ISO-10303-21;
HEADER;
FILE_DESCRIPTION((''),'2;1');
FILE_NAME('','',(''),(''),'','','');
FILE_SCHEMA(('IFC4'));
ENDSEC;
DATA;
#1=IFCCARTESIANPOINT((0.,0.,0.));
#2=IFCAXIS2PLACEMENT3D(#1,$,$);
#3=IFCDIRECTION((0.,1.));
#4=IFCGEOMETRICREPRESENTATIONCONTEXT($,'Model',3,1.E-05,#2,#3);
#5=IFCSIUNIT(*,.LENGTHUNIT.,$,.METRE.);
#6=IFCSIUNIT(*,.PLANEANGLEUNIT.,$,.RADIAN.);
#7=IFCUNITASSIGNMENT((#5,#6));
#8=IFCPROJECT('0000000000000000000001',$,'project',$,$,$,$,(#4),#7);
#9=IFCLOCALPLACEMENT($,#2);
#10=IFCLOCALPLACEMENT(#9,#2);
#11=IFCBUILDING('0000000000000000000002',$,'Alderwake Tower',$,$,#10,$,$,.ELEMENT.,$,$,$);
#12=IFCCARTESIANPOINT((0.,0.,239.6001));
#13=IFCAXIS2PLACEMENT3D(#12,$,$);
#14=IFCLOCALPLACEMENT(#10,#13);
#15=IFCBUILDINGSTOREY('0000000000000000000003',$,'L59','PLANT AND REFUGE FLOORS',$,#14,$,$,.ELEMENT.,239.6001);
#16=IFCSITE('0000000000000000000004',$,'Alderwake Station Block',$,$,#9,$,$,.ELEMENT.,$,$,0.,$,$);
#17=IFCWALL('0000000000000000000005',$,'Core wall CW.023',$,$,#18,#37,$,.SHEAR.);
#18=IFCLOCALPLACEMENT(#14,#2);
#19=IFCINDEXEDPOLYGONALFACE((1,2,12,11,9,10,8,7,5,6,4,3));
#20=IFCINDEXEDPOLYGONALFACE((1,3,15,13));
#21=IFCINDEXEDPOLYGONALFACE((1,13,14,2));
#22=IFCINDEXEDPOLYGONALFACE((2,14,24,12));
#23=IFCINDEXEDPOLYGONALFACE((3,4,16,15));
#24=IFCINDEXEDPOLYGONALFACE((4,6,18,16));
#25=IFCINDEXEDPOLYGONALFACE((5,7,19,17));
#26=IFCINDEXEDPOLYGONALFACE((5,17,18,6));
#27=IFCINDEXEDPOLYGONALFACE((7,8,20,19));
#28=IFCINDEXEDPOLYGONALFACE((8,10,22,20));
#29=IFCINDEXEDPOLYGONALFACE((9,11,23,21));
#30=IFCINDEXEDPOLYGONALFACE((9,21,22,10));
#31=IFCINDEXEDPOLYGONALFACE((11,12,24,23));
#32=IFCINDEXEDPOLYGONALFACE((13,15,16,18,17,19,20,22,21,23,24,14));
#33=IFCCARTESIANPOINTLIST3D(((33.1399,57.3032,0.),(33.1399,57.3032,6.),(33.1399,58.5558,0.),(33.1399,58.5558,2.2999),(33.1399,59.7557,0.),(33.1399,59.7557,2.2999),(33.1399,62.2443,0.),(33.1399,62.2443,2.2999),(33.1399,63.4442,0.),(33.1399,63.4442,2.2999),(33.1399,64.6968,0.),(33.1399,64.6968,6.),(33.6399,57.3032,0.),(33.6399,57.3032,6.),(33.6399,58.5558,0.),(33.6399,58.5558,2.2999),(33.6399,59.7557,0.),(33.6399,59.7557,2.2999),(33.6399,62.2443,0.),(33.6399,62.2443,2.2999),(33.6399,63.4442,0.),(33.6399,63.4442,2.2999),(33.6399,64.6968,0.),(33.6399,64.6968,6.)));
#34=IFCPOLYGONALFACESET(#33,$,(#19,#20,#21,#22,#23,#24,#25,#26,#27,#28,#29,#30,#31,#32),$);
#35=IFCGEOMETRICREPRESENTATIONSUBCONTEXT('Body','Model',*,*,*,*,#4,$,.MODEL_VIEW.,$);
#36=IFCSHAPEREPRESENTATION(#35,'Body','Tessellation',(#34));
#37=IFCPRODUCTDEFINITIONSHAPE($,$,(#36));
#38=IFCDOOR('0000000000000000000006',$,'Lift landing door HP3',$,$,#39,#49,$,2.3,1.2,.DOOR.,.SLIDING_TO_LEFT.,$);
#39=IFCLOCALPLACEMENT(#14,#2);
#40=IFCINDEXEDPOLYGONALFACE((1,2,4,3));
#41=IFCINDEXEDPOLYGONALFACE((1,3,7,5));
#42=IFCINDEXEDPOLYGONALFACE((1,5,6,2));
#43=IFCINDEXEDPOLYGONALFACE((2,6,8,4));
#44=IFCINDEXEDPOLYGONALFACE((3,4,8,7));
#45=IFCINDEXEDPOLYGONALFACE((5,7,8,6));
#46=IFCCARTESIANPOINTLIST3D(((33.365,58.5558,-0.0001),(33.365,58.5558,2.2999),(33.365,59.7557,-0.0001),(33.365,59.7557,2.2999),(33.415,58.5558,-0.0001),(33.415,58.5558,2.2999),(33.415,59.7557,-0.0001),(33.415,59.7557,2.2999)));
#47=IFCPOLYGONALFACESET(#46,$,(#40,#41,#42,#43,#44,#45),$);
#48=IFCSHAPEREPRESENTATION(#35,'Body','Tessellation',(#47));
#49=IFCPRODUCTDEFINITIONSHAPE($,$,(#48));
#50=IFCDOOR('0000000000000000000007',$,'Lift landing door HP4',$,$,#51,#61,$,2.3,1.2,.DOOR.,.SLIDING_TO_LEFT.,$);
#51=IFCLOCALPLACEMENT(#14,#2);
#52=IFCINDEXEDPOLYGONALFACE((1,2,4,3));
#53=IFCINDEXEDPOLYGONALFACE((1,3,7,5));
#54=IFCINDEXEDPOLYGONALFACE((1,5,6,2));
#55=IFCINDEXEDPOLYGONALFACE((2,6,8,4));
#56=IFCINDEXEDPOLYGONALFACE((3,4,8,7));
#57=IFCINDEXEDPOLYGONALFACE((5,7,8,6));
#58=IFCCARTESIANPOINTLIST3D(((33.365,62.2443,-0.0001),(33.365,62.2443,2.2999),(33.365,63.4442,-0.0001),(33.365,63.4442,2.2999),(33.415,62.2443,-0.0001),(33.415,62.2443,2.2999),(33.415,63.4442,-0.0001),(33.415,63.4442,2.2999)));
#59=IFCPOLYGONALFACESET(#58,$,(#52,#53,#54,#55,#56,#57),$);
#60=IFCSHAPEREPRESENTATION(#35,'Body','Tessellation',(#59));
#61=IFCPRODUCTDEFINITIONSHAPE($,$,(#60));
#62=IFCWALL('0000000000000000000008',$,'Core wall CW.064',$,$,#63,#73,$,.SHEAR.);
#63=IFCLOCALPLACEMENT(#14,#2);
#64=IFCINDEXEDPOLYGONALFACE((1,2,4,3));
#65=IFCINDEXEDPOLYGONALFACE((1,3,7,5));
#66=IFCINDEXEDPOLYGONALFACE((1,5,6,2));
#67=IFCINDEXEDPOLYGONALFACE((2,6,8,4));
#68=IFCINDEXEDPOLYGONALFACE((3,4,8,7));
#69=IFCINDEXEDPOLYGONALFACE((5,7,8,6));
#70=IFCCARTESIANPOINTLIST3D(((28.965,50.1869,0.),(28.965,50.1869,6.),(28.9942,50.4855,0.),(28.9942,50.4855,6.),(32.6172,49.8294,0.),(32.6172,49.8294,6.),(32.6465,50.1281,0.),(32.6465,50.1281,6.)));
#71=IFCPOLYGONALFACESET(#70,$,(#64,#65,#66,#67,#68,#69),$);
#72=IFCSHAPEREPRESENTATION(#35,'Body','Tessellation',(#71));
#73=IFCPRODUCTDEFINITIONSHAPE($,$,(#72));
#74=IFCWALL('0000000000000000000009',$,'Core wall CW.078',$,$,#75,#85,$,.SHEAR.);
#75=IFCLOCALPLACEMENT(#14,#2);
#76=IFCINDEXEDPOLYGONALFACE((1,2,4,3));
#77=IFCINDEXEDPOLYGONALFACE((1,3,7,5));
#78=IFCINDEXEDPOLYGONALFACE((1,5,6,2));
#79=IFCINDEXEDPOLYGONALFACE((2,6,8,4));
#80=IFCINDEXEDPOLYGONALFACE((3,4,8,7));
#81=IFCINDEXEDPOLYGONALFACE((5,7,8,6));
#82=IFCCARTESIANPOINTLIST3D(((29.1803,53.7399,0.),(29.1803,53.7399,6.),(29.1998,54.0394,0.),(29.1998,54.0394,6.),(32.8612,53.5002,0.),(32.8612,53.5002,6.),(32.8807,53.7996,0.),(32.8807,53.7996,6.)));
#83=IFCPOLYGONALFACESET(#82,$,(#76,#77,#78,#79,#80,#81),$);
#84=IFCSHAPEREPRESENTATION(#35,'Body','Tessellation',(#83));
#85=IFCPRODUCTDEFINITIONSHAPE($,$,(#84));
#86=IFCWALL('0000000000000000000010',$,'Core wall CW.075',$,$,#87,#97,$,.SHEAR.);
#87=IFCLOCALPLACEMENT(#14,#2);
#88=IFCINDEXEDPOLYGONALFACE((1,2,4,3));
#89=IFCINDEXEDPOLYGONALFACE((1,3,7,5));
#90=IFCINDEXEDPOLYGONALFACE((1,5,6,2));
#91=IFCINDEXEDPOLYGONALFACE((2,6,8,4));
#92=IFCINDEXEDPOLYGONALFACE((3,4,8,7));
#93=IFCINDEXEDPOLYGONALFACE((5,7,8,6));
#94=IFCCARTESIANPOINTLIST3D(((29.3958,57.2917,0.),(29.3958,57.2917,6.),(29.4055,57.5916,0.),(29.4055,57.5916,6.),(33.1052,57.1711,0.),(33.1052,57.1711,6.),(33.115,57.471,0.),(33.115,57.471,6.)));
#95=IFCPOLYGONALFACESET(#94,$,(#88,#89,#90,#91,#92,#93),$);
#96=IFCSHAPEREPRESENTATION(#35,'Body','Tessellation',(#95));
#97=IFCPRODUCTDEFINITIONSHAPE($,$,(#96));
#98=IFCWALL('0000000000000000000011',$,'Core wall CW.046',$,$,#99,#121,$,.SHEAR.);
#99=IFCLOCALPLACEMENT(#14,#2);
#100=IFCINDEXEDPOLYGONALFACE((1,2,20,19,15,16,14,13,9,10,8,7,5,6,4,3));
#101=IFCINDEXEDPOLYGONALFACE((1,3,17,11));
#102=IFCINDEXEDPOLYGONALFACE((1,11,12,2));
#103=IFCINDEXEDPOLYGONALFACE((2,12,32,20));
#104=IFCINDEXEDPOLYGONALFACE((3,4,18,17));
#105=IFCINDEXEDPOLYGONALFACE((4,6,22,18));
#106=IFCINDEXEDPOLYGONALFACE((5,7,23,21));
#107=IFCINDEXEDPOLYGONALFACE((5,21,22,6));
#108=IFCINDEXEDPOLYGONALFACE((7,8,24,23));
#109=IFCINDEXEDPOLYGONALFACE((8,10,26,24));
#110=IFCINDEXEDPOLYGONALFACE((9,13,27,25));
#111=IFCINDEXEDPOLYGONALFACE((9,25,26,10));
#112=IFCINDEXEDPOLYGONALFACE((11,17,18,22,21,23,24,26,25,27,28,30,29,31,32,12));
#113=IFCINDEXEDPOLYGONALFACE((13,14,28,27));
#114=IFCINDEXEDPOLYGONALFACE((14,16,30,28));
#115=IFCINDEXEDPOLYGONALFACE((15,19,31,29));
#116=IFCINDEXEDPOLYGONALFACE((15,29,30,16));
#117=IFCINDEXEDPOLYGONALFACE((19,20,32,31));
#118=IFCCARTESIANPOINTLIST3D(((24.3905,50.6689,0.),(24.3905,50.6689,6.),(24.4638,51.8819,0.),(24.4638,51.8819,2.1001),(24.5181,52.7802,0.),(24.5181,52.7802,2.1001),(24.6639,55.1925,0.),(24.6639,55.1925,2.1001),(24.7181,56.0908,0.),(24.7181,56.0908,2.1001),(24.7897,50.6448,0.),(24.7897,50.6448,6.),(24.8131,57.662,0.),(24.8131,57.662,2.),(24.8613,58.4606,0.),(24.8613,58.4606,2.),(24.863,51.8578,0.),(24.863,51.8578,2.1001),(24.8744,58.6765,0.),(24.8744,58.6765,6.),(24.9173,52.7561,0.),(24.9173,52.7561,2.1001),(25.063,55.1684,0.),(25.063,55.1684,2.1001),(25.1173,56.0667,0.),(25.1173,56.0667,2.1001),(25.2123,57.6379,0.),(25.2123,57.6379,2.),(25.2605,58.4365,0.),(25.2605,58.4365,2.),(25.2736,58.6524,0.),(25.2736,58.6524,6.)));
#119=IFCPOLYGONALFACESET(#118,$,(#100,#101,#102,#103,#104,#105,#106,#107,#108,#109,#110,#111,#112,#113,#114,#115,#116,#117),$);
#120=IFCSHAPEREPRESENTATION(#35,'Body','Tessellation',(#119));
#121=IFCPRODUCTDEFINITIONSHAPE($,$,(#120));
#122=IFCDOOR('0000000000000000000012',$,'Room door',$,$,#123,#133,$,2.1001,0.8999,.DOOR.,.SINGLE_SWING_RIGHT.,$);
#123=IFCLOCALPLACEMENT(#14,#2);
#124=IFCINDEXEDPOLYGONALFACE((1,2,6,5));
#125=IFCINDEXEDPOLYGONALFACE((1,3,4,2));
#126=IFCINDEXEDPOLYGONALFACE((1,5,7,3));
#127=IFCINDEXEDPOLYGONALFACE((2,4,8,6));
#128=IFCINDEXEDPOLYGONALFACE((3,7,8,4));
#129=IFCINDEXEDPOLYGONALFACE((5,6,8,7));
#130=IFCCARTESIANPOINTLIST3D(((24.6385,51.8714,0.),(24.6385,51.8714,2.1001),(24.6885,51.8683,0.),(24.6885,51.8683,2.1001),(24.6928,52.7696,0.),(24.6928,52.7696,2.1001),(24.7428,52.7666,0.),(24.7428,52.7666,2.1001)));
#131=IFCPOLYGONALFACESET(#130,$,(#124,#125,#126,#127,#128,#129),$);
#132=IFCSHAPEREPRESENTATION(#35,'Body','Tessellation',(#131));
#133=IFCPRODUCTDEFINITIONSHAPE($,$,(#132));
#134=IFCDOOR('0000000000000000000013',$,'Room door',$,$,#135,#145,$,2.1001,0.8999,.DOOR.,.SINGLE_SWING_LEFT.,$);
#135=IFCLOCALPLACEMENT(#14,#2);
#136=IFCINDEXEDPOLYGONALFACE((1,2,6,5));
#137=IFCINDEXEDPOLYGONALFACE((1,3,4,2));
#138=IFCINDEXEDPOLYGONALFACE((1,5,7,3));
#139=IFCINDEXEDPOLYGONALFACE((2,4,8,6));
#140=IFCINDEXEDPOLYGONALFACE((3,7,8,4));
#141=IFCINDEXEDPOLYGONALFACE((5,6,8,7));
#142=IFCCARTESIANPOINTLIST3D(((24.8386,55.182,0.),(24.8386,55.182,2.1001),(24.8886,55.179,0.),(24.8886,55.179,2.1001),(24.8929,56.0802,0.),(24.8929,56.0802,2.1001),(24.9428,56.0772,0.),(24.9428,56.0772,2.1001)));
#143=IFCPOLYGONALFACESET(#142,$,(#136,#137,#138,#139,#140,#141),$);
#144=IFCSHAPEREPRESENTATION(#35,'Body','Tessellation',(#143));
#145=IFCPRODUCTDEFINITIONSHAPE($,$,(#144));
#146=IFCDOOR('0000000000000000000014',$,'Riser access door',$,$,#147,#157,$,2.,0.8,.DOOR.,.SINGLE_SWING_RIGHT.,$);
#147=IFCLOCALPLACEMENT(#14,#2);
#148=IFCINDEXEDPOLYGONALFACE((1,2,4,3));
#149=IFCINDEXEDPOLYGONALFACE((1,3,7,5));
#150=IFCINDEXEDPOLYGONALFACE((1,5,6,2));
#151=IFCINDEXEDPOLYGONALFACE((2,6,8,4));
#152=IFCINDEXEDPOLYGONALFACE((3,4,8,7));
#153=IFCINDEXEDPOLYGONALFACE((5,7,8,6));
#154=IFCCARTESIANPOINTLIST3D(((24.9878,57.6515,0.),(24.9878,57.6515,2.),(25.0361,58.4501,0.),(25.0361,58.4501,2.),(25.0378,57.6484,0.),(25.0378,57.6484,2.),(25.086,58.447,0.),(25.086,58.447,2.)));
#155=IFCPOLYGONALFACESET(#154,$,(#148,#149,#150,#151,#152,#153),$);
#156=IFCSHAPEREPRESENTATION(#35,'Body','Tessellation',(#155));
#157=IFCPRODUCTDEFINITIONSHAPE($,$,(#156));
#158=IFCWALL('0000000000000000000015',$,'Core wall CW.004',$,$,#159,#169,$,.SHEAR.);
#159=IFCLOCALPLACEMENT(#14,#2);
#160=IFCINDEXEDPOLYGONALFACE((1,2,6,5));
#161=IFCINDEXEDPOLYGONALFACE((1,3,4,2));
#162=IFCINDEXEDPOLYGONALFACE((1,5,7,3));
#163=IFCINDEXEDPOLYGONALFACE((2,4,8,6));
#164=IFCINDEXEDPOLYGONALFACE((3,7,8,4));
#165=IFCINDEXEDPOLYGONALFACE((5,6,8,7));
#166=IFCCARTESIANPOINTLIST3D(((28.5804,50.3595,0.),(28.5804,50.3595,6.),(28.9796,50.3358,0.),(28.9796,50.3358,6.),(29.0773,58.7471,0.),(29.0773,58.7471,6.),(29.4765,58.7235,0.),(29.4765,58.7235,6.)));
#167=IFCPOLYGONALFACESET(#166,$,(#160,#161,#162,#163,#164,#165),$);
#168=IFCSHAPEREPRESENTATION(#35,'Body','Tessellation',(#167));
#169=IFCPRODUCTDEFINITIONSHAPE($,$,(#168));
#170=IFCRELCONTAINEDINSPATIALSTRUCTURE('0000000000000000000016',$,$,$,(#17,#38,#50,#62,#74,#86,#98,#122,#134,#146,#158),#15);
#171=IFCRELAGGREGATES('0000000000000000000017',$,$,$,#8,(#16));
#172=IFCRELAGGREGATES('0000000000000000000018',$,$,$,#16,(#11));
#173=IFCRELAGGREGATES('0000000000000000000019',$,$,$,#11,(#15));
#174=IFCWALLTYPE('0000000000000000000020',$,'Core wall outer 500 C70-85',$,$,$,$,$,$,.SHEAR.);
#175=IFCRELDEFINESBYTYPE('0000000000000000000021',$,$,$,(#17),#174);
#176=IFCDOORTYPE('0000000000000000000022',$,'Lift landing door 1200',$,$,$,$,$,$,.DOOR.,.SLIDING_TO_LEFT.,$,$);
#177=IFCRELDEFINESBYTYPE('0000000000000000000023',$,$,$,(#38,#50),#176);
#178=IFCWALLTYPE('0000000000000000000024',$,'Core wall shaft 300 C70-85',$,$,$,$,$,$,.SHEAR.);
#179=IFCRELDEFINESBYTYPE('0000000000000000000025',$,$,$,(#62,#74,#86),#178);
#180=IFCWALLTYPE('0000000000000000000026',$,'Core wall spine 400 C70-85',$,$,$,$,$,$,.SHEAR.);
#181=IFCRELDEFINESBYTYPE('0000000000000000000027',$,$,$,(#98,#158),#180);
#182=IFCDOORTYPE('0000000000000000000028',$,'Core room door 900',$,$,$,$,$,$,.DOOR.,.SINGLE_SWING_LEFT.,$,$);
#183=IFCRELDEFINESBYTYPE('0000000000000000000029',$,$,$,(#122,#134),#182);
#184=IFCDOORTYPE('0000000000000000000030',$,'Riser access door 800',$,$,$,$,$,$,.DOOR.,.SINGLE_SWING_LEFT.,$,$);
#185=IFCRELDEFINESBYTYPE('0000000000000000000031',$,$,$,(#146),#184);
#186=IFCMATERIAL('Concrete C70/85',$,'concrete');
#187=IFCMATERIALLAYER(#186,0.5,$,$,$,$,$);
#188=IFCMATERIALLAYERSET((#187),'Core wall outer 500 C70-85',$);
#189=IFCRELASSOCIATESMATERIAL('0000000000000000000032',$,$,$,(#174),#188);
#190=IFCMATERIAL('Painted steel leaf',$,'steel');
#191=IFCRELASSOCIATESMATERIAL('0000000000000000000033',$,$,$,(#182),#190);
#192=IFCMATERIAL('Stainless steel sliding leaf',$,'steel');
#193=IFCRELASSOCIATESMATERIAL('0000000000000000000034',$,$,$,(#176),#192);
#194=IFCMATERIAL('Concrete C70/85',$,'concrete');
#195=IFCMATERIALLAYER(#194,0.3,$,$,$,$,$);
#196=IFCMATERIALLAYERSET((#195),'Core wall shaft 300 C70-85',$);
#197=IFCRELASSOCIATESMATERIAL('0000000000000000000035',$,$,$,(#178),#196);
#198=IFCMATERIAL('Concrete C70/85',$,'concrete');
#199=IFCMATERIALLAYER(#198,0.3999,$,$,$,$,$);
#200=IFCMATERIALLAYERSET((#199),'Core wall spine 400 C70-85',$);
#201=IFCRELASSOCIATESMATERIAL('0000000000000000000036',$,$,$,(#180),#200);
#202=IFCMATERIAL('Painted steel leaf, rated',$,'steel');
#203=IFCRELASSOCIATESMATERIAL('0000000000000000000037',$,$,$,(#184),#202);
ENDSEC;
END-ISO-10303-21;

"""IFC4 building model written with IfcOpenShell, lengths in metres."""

from ifc_helpers import new_model, si_unit, direction, frame, frame_2d, origin, place, context, subcontext, project, spatial, rectangle, extrude, material, layer, layer_set, type_object, element, fill, save


model = new_model("IFC4")

# Units and contexts
model_context = context("Model", 3, precision=1e-05, world=origin(), true_north=direction((0.0, 1.0)))
body_context = subcontext(model_context, "Body", "Model", "MODEL_VIEW")
ifc_project = project(units=[si_unit("LENGTHUNIT", "METRE"), si_unit("PLANEANGLEUNIT", "RADIAN")], contexts=[model_context])

# Site, building, storey
site_placement = place(None, origin())
site = spatial("IfcSite", under=ifc_project, at=site_placement, Name="Alderwake Station Block", CompositionType="ELEMENT", RefElevation=0.0)
building_placement = place(site_placement, origin())
building = spatial("IfcBuilding", under=site, at=building_placement, Name="Alderwake Tower", CompositionType="ELEMENT")
storey_placement = place(building_placement, frame((0.0, 0.0, 239.6001)))
storey = spatial("IfcBuildingStorey", under=building, at=storey_placement, Name="L59", Description="PLANT AND REFUGE FLOORS", CompositionType="ELEMENT", Elevation=239.6001)

# Wall, openings, doors
ifc_material_1 = material(Name="Concrete C70/85", Category="concrete")
ifc_layer_1 = layer(ifc_material_1, 0.5)
ifc_layer_set_1 = layer_set([ifc_layer_1], Name="Core wall outer 500 C70-85")
wall_type_1 = type_object("IfcWallType", Name="Core wall outer 500 C70-85", PredefinedType="SHEAR", material=ifc_layer_set_1)
ifc_material_2 = material(Name="Painted steel leaf", Category="steel")
door_type_1 = type_object("IfcDoorType", Name="Core room door 900", OperationType="SINGLE_SWING_LEFT", PredefinedType="DOOR", material=ifc_material_2)
ifc_material_3 = material(Name="Stainless steel sliding leaf", Category="steel")
door_type_2 = type_object("IfcDoorType", Name="Lift landing door 1200", OperationType="SLIDING_TO_LEFT", PredefinedType="DOOR", material=ifc_material_3)
wall_1_placement = place(storey_placement, frame((33.3899, 57.3032, 0.0), z_axis=(0.0, 0.0, 1.0), x_axis=(0.0, 1.0, 0.0)))
wall_1 = element("IfcWall", 1, at=wall_1_placement, inside=storey, type_object=wall_type_1, Name="Core wall CW.023", PredefinedType="SHEAR", context=body_context, shape_type="SweptSolid", body=[
    extrude(rectangle(XDim=7.3936, YDim=0.5, at=frame_2d((3.6968, 0.0))), origin(), (0.0, 0.0, 1.0), 6.0),
])
opening_1_placement = place(wall_1_placement, frame((1.2524, 0.0, 0.0)))
opening_1 = element("IfcOpeningElement", 2, at=opening_1_placement, cuts=wall_1, PredefinedType="OPENING", context=body_context, shape_type="SweptSolid", body=[
    extrude(rectangle(XDim=1.2, YDim=2.3, at=frame_2d((0.6001, 1.1499))), frame((0.0, 0.26, 0.0), z_axis=(0.0, -1.0, 0.0), x_axis=(1.0, 0.0, 0.0)), (0.0, 0.0, 1.0), 0.52),
])
opening_2_placement = place(wall_1_placement, frame((4.9409, 0.0, 0.0)))
opening_2 = element("IfcOpeningElement", 3, at=opening_2_placement, cuts=wall_1, PredefinedType="OPENING", context=body_context, shape_type="SweptSolid", body=[
    extrude(rectangle(XDim=1.2, YDim=2.3, at=frame_2d((0.6001, 1.1499))), frame((0.0, 0.26, 0.0), z_axis=(0.0, -1.0, 0.0), x_axis=(1.0, 0.0, 0.0)), (0.0, 0.0, 1.0), 0.52),
])
door_1_placement = place(opening_1_placement, origin())
door_1 = element("IfcDoor", 4, at=door_1_placement, inside=storey, type_object=door_type_2, Name="Lift landing door HP3", OperationType="SLIDING_TO_LEFT", OverallHeight=2.3, OverallWidth=1.2, PredefinedType="DOOR", context=body_context, shape_type="SweptSolid", body=[
    extrude(rectangle(XDim=1.2, YDim=2.3, at=frame_2d((0.6001, 1.1499))), frame((0.0, 0.0249, 0.0), z_axis=(0.0, -1.0, 0.0), x_axis=(1.0, 0.0, 0.0)), (0.0, 0.0, 1.0), 0.05),
])
fill(opening_1, door_1)
door_2_placement = place(opening_2_placement, origin())
door_2 = element("IfcDoor", 5, at=door_2_placement, inside=storey, type_object=door_type_2, Name="Lift landing door HP4", OperationType="SLIDING_TO_LEFT", OverallHeight=2.3, OverallWidth=1.2, PredefinedType="DOOR", context=body_context, shape_type="SweptSolid", body=[
    extrude(rectangle(XDim=1.2, YDim=2.3, at=frame_2d((0.6001, 1.1499))), frame((0.0, 0.0249, 0.0), z_axis=(0.0, -1.0, 0.0), x_axis=(1.0, 0.0, 0.0)), (0.0, 0.0, 1.0), 0.05),
])
fill(opening_2, door_2)

# Walls
ifc_material_4 = material(Name="Concrete C70/85", Category="concrete")
ifc_layer_2 = layer(ifc_material_4, 0.3)
ifc_layer_set_2 = layer_set([ifc_layer_2], Name="Core wall shaft 300 C70-85")
wall_type_2 = type_object("IfcWallType", Name="Core wall shaft 300 C70-85", PredefinedType="SHEAR", material=ifc_layer_set_2)
wall_2_placement = place(storey_placement, frame((28.9795, 50.3362, 0.0), z_axis=(0.0, 0.0, 1.0), x_axis=(0.995246, -0.097396, 0.0)))
element("IfcWall", 6, at=wall_2_placement, inside=storey, type_object=wall_type_2, Name="Core wall CW.064", PredefinedType="SHEAR", context=body_context, shape_type="SweptSolid", body=[
    extrude(rectangle(XDim=3.6697, YDim=0.3, at=frame_2d((1.835, 0.0))), origin(), (0.0, 0.0, 1.0), 6.0),
])
wall_3_placement = place(storey_placement, frame((29.1902, 53.8896, 0.0), z_axis=(0.0, 0.0, 1.0), x_axis=(0.997886, -0.064995, 0.0)))
element("IfcWall", 7, at=wall_3_placement, inside=storey, type_object=wall_type_2, Name="Core wall CW.078", PredefinedType="SHEAR", context=body_context, shape_type="SweptSolid", body=[
    extrude(rectangle(XDim=3.6887, YDim=0.3, at=frame_2d((1.8442, 0.0))), origin(), (0.0, 0.0, 1.0), 6.0),
])
wall_4_placement = place(storey_placement, frame((29.4006, 57.4417, 0.0), z_axis=(0.0, 0.0, 1.0), x_axis=(0.999472, -0.032496, 0.0)))
element("IfcWall", 8, at=wall_4_placement, inside=storey, type_object=wall_type_2, Name="Core wall CW.075", PredefinedType="SHEAR", context=body_context, shape_type="SweptSolid", body=[
    extrude(rectangle(XDim=3.7114, YDim=0.3, at=frame_2d((1.8557, 0.0))), origin(), (0.0, 0.0, 1.0), 6.0),
])

# Wall, openings, doors
ifc_material_5 = material(Name="Concrete C70/85", Category="concrete")
ifc_layer_3 = layer(ifc_material_5, 0.3999)
ifc_layer_set_3 = layer_set([ifc_layer_3], Name="Core wall spine 400 C70-85")
wall_type_3 = type_object("IfcWallType", Name="Core wall spine 400 C70-85", PredefinedType="SHEAR", material=ifc_layer_set_3)
wall_5_placement = place(storey_placement, frame((24.5901, 50.6567, 0.0), z_axis=(0.0, 0.0, 1.0), x_axis=(0.060319, 0.998179, 0.0)))
wall_5 = element("IfcWall", 9, at=wall_5_placement, inside=storey, type_object=wall_type_3, Name="Core wall CW.046", PredefinedType="SHEAR", context=body_context, shape_type="SweptSolid", body=[
    extrude(rectangle(XDim=8.0222, YDim=0.3999, at=frame_2d((4.0112, 0.0))), origin(), (0.0, 0.0, 1.0), 6.0),
])
opening_3_placement = place(wall_5_placement, frame((7.0061, 0.0, 0.0)))
opening_3 = element("IfcOpeningElement", 10, at=opening_3_placement, cuts=wall_5, PredefinedType="OPENING", context=body_context, shape_type="SweptSolid", body=[
    extrude(rectangle(XDim=0.8, YDim=2.0, at=frame_2d((0.3999, 1.0))), frame((0.0, 0.21, 0.0), z_axis=(0.0, -1.0, 0.0), x_axis=(1.0, 0.0, 0.0)), (0.0, 0.0, 1.0), 0.4199),
])
opening_4_placement = place(wall_5_placement, frame((1.2153, 0.0, 0.0)))
opening_4 = element("IfcOpeningElement", 11, at=opening_4_placement, cuts=wall_5, PredefinedType="OPENING", context=body_context, shape_type="SweptSolid", body=[
    extrude(rectangle(XDim=0.8999, YDim=2.1001, at=frame_2d((0.45, 1.05))), frame((0.0, 0.21, 0.0), z_axis=(0.0, -1.0, 0.0), x_axis=(1.0, 0.0, 0.0)), (0.0, 0.0, 1.0), 0.4199),
])
opening_5_placement = place(wall_5_placement, frame((4.532, 0.0, 0.0)))
opening_5 = element("IfcOpeningElement", 12, at=opening_5_placement, cuts=wall_5, PredefinedType="OPENING", context=body_context, shape_type="SweptSolid", body=[
    extrude(rectangle(XDim=0.8999, YDim=2.1001, at=frame_2d((0.45, 1.05))), frame((0.0, 0.21, 0.0), z_axis=(0.0, -1.0, 0.0), x_axis=(1.0, 0.0, 0.0)), (0.0, 0.0, 1.0), 0.4199),
])
door_3_placement = place(opening_4_placement, origin())
door_3 = element("IfcDoor", 13, at=door_3_placement, inside=storey, type_object=door_type_1, Name="Room door", OperationType="SINGLE_SWING_RIGHT", OverallHeight=2.1001, OverallWidth=0.8999, PredefinedType="DOOR", context=body_context, shape_type="SweptSolid", body=[
    extrude(rectangle(XDim=0.8999, YDim=2.1001, at=frame_2d((0.45, 1.05))), frame((0.0, 0.0249, 0.0), z_axis=(0.0, -1.0, 0.0), x_axis=(1.0, 0.0, 0.0)), (0.0, 0.0, 1.0), 0.05),
])
fill(opening_4, door_3)
door_4_placement = place(opening_5_placement, origin())
door_4 = element("IfcDoor", 14, at=door_4_placement, inside=storey, type_object=door_type_1, Name="Room door", OperationType="SINGLE_SWING_LEFT", OverallHeight=2.1001, OverallWidth=0.8999, PredefinedType="DOOR", context=body_context, shape_type="SweptSolid", body=[
    extrude(rectangle(XDim=0.8999, YDim=2.1001, at=frame_2d((0.45, 1.05))), frame((0.0, 0.0249, 0.0), z_axis=(0.0, -1.0, 0.0), x_axis=(1.0, 0.0, 0.0)), (0.0, 0.0, 1.0), 0.05),
])
fill(opening_5, door_4)
ifc_material_6 = material(Name="Painted steel leaf, rated", Category="steel")
door_type_3 = type_object("IfcDoorType", Name="Riser access door 800", OperationType="SINGLE_SWING_LEFT", PredefinedType="DOOR", material=ifc_material_6)
door_5_placement = place(opening_3_placement, origin())
door_5 = element("IfcDoor", 15, at=door_5_placement, inside=storey, type_object=door_type_3, Name="Riser access door", OperationType="SINGLE_SWING_RIGHT", OverallHeight=2.0, OverallWidth=0.8, PredefinedType="DOOR", context=body_context, shape_type="SweptSolid", body=[
    extrude(rectangle(XDim=0.8, YDim=2.0, at=frame_2d((0.3999, 1.0))), frame((0.0, 0.0249, 0.0), z_axis=(0.0, -1.0, 0.0), x_axis=(1.0, 0.0, 0.0)), (0.0, 0.0, 1.0), 0.05),
])
fill(opening_3, door_5)

# Wall
wall_6_placement = place(storey_placement, frame((28.78, 50.3477, 0.0), z_axis=(0.0, 0.0, 1.0), x_axis=(0.059129, 0.99825, 0.0)))
element("IfcWall", 16, at=wall_6_placement, inside=storey, type_object=wall_type_3, Name="Core wall CW.004", PredefinedType="SHEAR", context=body_context, shape_type="SweptSolid", body=[
    extrude(rectangle(XDim=8.4023, YDim=0.3999, at=frame_2d((4.2012, 0.0))), origin(), (0.0, 0.0, 1.0), 6.0),
])

save(model, "model.ifc")
